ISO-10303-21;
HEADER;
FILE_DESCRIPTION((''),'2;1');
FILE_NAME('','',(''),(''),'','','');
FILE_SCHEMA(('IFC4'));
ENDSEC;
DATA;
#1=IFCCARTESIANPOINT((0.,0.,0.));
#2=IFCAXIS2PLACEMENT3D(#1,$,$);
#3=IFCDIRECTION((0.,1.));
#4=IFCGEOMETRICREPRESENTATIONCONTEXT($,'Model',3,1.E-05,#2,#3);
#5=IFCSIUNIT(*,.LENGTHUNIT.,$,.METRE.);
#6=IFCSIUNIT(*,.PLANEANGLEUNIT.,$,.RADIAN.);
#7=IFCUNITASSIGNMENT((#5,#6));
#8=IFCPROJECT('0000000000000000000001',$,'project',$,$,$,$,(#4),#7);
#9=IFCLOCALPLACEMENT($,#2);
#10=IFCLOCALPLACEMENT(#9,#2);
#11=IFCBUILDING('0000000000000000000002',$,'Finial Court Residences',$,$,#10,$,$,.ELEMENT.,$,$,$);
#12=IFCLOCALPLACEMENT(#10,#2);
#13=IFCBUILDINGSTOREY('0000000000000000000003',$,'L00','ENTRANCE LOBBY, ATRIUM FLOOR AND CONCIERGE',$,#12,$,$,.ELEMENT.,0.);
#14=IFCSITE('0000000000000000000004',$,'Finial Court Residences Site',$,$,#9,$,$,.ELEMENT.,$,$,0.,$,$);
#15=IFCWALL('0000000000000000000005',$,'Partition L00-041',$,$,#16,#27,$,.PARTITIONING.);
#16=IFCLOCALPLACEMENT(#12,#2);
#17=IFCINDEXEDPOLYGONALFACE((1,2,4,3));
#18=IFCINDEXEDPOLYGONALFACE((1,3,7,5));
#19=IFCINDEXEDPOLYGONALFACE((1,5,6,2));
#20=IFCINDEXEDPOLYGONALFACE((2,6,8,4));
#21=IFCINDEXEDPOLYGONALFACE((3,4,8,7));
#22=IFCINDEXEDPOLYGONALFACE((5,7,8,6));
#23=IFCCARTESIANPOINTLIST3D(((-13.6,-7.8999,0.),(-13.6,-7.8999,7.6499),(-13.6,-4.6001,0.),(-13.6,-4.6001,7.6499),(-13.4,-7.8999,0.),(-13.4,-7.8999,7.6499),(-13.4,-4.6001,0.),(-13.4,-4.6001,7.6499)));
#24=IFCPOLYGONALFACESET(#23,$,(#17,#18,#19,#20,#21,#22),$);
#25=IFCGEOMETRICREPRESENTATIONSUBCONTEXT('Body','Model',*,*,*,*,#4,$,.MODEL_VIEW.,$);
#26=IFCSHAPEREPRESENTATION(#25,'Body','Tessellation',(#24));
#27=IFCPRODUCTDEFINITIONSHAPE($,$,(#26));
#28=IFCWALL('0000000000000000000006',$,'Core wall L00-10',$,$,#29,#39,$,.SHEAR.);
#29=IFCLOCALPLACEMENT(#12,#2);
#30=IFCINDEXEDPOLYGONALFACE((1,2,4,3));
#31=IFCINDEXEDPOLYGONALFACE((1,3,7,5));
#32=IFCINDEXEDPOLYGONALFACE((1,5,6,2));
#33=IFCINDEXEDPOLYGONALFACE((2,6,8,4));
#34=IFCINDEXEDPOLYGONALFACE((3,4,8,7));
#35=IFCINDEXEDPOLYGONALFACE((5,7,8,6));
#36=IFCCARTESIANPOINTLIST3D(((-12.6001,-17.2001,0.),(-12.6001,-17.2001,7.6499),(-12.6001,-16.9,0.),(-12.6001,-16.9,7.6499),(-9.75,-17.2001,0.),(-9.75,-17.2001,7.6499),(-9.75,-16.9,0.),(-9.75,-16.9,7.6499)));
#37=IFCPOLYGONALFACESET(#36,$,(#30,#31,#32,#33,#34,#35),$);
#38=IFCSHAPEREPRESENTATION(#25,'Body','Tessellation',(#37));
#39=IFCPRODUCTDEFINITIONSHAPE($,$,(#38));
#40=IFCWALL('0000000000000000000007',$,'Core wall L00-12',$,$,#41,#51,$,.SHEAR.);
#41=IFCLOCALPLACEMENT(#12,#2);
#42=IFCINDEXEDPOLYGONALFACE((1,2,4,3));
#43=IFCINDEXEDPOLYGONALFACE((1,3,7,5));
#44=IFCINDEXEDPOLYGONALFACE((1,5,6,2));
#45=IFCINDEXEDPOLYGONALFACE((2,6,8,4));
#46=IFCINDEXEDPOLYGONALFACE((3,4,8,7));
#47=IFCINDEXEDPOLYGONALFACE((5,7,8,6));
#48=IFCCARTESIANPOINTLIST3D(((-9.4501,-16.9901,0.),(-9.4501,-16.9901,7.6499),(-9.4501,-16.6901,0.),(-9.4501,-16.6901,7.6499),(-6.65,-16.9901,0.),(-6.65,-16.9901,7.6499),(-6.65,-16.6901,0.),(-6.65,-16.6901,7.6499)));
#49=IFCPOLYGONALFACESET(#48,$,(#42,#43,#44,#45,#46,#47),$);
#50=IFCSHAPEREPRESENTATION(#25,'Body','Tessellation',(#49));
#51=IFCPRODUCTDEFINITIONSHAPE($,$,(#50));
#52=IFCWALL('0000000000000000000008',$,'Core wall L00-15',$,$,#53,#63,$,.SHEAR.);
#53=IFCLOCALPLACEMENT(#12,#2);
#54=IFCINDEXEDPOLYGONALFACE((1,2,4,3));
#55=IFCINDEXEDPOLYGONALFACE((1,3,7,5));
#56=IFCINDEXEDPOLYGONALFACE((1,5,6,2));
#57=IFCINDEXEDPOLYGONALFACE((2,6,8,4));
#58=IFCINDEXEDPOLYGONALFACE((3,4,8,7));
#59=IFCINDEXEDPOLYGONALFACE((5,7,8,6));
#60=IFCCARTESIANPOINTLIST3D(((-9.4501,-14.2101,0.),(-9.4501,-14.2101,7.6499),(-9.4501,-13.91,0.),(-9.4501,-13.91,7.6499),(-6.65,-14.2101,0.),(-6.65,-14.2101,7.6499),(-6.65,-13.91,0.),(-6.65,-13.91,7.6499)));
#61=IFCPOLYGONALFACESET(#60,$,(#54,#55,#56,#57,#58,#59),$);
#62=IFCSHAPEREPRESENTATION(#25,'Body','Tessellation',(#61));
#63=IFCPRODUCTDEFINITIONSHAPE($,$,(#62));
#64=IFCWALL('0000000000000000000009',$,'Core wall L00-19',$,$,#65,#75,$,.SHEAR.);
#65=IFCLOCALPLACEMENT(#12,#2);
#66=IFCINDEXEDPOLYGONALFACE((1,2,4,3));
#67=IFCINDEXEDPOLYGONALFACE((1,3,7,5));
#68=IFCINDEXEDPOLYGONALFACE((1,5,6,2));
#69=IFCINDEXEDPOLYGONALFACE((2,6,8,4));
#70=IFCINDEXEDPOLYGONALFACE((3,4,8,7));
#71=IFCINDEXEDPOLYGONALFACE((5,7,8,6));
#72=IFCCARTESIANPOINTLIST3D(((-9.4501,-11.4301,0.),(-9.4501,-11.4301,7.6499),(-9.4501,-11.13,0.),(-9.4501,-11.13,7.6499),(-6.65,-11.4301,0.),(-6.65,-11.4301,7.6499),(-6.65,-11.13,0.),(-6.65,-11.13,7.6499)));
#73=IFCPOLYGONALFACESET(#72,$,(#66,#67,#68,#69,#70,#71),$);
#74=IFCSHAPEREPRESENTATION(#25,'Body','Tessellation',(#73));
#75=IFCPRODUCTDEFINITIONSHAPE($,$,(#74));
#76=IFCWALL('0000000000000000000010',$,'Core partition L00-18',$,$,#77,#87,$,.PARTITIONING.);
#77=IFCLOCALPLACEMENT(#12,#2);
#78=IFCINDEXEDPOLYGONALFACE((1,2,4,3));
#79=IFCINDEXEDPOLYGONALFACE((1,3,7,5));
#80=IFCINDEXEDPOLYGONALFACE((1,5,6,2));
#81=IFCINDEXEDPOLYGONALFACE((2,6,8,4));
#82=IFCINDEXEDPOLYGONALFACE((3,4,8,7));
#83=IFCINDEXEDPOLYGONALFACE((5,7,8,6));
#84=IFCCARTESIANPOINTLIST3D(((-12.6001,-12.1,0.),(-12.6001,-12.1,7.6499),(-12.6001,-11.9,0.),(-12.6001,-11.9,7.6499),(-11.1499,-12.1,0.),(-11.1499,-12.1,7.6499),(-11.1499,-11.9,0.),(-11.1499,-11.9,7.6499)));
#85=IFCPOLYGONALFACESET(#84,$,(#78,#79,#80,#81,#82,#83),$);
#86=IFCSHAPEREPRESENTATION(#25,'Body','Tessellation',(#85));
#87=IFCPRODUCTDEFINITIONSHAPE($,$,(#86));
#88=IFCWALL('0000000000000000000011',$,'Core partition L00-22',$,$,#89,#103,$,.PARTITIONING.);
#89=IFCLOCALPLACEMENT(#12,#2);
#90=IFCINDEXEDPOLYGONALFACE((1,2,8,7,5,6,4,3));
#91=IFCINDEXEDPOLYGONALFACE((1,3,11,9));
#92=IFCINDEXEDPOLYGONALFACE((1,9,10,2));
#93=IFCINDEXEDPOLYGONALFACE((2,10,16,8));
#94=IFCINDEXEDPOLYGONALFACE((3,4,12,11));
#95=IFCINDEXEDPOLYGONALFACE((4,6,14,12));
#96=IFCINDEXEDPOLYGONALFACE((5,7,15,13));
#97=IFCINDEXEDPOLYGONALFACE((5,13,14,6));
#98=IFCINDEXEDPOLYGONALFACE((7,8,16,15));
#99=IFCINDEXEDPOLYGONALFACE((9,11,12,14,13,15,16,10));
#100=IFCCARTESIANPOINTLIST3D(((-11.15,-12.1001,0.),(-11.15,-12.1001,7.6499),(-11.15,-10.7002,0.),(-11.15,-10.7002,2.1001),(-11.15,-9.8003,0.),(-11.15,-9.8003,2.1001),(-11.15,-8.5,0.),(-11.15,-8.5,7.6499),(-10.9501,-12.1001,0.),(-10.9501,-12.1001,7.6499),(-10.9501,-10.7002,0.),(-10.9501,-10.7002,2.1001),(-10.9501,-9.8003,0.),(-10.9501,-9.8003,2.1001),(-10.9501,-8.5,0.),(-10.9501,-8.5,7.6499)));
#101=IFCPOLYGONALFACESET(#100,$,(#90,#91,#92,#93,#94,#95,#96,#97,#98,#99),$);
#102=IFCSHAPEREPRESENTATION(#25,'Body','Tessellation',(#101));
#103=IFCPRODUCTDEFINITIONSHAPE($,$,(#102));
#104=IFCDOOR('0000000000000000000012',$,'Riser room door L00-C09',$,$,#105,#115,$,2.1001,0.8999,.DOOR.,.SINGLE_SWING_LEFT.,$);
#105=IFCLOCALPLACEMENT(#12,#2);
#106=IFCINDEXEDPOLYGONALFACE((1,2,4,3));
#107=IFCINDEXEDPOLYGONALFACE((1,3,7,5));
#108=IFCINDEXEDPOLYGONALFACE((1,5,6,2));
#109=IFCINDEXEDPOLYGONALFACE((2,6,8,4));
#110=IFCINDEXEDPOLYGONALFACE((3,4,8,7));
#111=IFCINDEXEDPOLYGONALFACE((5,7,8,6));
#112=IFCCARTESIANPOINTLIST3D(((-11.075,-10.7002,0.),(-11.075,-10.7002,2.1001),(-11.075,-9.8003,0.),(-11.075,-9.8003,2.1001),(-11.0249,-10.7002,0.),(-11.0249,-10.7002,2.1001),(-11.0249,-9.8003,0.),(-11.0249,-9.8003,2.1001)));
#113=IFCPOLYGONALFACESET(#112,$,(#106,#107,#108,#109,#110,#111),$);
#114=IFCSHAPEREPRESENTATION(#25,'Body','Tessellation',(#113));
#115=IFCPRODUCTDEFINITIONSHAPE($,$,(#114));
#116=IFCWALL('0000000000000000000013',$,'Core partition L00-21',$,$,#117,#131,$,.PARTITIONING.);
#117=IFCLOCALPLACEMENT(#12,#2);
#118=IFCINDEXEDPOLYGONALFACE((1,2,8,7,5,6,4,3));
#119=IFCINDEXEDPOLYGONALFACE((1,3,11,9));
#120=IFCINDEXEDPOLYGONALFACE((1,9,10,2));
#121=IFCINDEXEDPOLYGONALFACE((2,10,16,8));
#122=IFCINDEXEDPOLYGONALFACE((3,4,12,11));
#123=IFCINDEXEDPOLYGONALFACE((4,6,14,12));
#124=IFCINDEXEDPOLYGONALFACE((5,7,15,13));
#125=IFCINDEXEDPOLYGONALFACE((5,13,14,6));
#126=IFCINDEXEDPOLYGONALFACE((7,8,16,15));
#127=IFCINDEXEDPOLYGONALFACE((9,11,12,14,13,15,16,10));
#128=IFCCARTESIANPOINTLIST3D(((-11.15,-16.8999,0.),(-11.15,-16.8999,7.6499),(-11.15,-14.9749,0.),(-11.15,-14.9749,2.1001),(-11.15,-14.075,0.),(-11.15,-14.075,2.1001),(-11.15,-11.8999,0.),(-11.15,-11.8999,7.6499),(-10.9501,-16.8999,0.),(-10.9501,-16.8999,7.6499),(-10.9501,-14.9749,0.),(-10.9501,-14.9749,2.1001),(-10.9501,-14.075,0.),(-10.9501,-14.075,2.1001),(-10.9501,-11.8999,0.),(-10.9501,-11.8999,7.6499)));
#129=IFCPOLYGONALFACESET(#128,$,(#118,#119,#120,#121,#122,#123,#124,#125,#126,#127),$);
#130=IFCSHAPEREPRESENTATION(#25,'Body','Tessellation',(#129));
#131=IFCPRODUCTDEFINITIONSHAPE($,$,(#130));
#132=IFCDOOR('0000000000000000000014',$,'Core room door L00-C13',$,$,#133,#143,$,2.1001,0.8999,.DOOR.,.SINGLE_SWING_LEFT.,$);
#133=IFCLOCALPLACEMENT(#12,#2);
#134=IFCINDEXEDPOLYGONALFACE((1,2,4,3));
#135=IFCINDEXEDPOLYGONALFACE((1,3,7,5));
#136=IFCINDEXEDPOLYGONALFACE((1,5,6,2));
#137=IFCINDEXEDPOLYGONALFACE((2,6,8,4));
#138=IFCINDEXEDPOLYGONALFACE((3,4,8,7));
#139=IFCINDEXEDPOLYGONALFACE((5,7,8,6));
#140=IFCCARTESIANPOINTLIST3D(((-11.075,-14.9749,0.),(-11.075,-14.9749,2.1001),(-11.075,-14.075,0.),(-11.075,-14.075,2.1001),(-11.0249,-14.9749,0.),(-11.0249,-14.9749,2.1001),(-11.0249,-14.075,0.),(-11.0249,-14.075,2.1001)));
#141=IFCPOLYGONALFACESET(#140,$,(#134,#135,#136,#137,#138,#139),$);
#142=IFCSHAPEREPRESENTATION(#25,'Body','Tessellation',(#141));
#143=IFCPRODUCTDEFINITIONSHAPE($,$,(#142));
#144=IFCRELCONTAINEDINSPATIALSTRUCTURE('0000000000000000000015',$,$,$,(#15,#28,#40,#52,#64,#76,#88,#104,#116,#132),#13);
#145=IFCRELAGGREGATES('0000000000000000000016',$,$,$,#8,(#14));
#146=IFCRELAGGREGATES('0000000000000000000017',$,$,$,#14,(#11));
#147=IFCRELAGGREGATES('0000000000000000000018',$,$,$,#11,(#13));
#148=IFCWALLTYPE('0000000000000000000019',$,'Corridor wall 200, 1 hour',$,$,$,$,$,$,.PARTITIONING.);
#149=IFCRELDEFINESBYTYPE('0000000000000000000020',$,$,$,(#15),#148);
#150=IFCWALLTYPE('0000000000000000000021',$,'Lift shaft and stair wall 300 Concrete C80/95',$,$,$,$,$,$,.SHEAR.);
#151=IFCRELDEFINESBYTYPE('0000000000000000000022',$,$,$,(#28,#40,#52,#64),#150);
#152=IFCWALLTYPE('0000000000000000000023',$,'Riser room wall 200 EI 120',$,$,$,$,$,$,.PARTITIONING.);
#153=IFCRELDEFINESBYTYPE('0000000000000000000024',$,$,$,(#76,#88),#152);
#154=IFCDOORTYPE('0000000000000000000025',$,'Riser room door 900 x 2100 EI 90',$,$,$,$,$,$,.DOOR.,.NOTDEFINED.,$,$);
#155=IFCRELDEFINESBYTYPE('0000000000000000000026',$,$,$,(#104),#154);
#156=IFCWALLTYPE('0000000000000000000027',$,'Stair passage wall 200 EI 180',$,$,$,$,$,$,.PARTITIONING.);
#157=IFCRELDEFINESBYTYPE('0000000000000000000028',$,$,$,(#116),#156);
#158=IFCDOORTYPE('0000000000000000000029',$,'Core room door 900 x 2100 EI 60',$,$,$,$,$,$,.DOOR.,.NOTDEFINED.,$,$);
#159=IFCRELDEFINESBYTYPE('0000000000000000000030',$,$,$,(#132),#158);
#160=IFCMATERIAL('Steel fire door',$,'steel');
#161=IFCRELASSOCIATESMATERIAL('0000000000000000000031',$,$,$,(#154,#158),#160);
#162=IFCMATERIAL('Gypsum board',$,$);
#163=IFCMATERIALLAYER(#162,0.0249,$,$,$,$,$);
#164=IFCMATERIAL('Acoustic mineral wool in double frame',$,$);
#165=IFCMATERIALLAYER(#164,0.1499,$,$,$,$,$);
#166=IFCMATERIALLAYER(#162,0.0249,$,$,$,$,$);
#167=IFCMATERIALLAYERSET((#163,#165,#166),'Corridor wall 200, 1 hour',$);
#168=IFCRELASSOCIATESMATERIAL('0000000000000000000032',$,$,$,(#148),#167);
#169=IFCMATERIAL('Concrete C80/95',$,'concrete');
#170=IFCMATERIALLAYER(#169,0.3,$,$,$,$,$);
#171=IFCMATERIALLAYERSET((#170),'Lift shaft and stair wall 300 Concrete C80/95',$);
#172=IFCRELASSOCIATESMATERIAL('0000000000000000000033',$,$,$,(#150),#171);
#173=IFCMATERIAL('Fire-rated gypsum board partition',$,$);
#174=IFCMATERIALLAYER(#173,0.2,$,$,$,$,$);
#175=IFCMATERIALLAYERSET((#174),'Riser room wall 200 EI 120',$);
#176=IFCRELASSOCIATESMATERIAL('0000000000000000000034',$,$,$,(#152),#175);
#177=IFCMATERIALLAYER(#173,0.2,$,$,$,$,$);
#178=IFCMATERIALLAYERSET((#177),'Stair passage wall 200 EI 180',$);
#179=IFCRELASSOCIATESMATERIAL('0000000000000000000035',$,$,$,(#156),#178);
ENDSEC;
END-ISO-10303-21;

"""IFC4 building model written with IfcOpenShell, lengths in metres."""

from ifc_helpers import new_model, si_unit, direction, frame, frame_2d, origin, place, context, subcontext, project, spatial, rectangle, extrude, material, layer, layer_set, type_object, element, fill, save


model = new_model("IFC4")

# Units and contexts
model_context = context("Model", 3, precision=1e-05, world=origin(), true_north=direction((0.0, 1.0)))
body_context = subcontext(model_context, "Body", "Model", "MODEL_VIEW")
ifc_project = project(units=[si_unit("LENGTHUNIT", "METRE"), si_unit("PLANEANGLEUNIT", "RADIAN")], contexts=[model_context])

# Site, building, storey
site_placement = place(None, origin())
site = spatial("IfcSite", under=ifc_project, at=site_placement, Name="Finial Court Residences Site", CompositionType="ELEMENT", RefElevation=0.0)
building_placement = place(site_placement, origin())
building = spatial("IfcBuilding", under=site, at=building_placement, Name="Finial Court Residences", CompositionType="ELEMENT")
storey_placement = place(building_placement, origin())
storey = spatial("IfcBuildingStorey", under=building, at=storey_placement, Name="L00", Description="ENTRANCE LOBBY, ATRIUM FLOOR AND CONCIERGE", CompositionType="ELEMENT", Elevation=0.0)

# Shared definitions
ifc_material_1 = material(Name="Concrete C80/95", Category="concrete")

# Shared definitions
ifc_material_2 = material(Name="Steel fire door", Category="steel")
door_type_1 = type_object("IfcDoorType", Name="Riser room door 900 x 2100 EI 90", OperationType="NOTDEFINED", PredefinedType="DOOR", material=ifc_material_2)

# Walls
ifc_material_3 = material(Name="Gypsum board")
ifc_layer_1 = layer(ifc_material_3, 0.0249)
ifc_material_4 = material(Name="Acoustic mineral wool in double frame")
ifc_layer_2 = layer(ifc_material_4, 0.1499)
ifc_layer_3 = layer(ifc_material_3, 0.0249)
ifc_layer_set_1 = layer_set([ifc_layer_1, ifc_layer_2, ifc_layer_3], Name="Corridor wall 200, 1 hour")
wall_type_1 = type_object("IfcWallType", Name="Corridor wall 200, 1 hour", PredefinedType="PARTITIONING", material=ifc_layer_set_1)
wall_1_placement = place(storey_placement, frame((-13.5, -7.8999, 0.0), z_axis=(0.0, 0.0, 1.0), x_axis=(0.0, 1.0, 0.0)))
element("IfcWall", 1, at=wall_1_placement, inside=storey, type_object=wall_type_1, Name="Partition L00-041", PredefinedType="PARTITIONING", context=body_context, shape_type="SweptSolid", body=[
    extrude(rectangle(XDim=3.2998, YDim=0.2, at=frame_2d((1.6499, 0.0))), origin(), (0.0, 0.0, 1.0), 7.6499),
])
ifc_layer_4 = layer(ifc_material_1, 0.3)
ifc_layer_set_2 = layer_set([ifc_layer_4], Name="Lift shaft and stair wall 300 Concrete C80/95")
wall_type_2 = type_object("IfcWallType", Name="Lift shaft and stair wall 300 Concrete C80/95", PredefinedType="SHEAR", material=ifc_layer_set_2)
wall_2_placement = place(storey_placement, frame((-12.6001, -17.05, 0.0), z_axis=(0.0, 0.0, 1.0), x_axis=(1.0, 0.0, 0.0)))
element("IfcWall", 2, at=wall_2_placement, inside=storey, type_object=wall_type_2, Name="Core wall L00-10", PredefinedType="SHEAR", context=body_context, shape_type="SweptSolid", body=[
    extrude(rectangle(XDim=2.8501, YDim=0.3, at=frame_2d((1.425, 0.0))), origin(), (0.0, 0.0, 1.0), 7.6499),
])
for number, where, z_axis, x_axis, name in (
    (3, (-9.45, -16.8401, 0.0), (0.0, 0.0, 1.0), (1.0, 0.0, 0.0), "Core wall L00-12"),
    (4, (-9.45, -14.0601, 0.0), (0.0, 0.0, 1.0), (1.0, 0.0, 0.0), "Core wall L00-15"),
    (5, (-9.45, -11.28, 0.0), (0.0, 0.0, 1.0), (1.0, 0.0, 0.0), "Core wall L00-19"),
):
    element("IfcWall", number, at=place(storey_placement, frame(where, z_axis=z_axis, x_axis=x_axis)), inside=storey, type_object=wall_type_2, Name=name, PredefinedType="SHEAR", context=body_context, shape_type="SweptSolid", body=[
        extrude(rectangle(XDim=2.8, YDim=0.3, at=frame_2d((1.3999, 0.0))), origin(), (0.0, 0.0, 1.0), 7.6499),
    ])
ifc_material_5 = material(Name="Fire-rated gypsum board partition")
ifc_layer_5 = layer(ifc_material_5, 0.2)
ifc_layer_set_3 = layer_set([ifc_layer_5], Name="Riser room wall 200 EI 120")
wall_type_3 = type_object("IfcWallType", Name="Riser room wall 200 EI 120", PredefinedType="PARTITIONING", material=ifc_layer_set_3)
wall_3_placement = place(storey_placement, frame((-12.6001, -12.0, 0.0), z_axis=(0.0, 0.0, 1.0), x_axis=(1.0, 0.0, 0.0)))
element("IfcWall", 6, at=wall_3_placement, inside=storey, type_object=wall_type_3, Name="Core partition L00-18", PredefinedType="PARTITIONING", context=body_context, shape_type="SweptSolid", body=[
    extrude(rectangle(XDim=1.4502, YDim=0.2, at=frame_2d((0.7251, 0.0))), origin(), (0.0, 0.0, 1.0), 7.6499),
])

# Walls, openings, doors
wall_4_placement = place(storey_placement, frame((-11.05, -12.1001, 0.0), z_axis=(0.0, 0.0, 1.0), x_axis=(0.0, 1.0, 0.0)))
wall_4 = element("IfcWall", 7, at=wall_4_placement, inside=storey, type_object=wall_type_3, Name="Core partition L00-22", PredefinedType="PARTITIONING", context=body_context, shape_type="SweptSolid", body=[
    extrude(rectangle(XDim=3.6001, YDim=0.2, at=frame_2d((1.8, 0.0))), origin(), (0.0, 0.0, 1.0), 7.6499),
])
opening_1_placement = place(wall_4_placement, frame((1.3999, 0.0, 0.0)))
opening_1 = element("IfcOpeningElement", 8, at=opening_1_placement, cuts=wall_4, PredefinedType="OPENING", context=body_context, shape_type="SweptSolid", body=[
    extrude(rectangle(XDim=0.8999, YDim=2.1001, at=frame_2d((0.45, 1.05))), frame((0.0, 0.1099, 0.0), z_axis=(0.0, -1.0, 0.0), x_axis=(1.0, 0.0, 0.0)), (0.0, 0.0, 1.0), 0.22),
])
door_1_placement = place(opening_1_placement, origin())
door_1 = element("IfcDoor", 9, at=door_1_placement, inside=storey, type_object=door_type_1, Name="Riser room door L00-C09", OperationType="SINGLE_SWING_LEFT", OverallHeight=2.1001, OverallWidth=0.8999, PredefinedType="DOOR", context=body_context, shape_type="SweptSolid", body=[
    extrude(rectangle(XDim=0.8999, YDim=2.1001, at=frame_2d((0.45, 1.05))), frame((0.0, 0.0249, 0.0), z_axis=(0.0, -1.0, 0.0), x_axis=(1.0, 0.0, 0.0)), (0.0, 0.0, 1.0), 0.05),
])
fill(opening_1, door_1)
ifc_layer_6 = layer(ifc_material_5, 0.2)
ifc_layer_set_4 = layer_set([ifc_layer_6], Name="Stair passage wall 200 EI 180")
wall_type_4 = type_object("IfcWallType", Name="Stair passage wall 200 EI 180", PredefinedType="PARTITIONING", material=ifc_layer_set_4)
wall_5_placement = place(storey_placement, frame((-11.05, -16.8999, 0.0), z_axis=(0.0, 0.0, 1.0), x_axis=(0.0, 1.0, 0.0)))
wall_5 = element("IfcWall", 10, at=wall_5_placement, inside=storey, type_object=wall_type_4, Name="Core partition L00-21", PredefinedType="PARTITIONING", context=body_context, shape_type="SweptSolid", body=[
    extrude(rectangle(XDim=5.0, YDim=0.2, at=frame_2d((2.5, 0.0))), origin(), (0.0, 0.0, 1.0), 7.6499),
])
opening_2_placement = place(wall_5_placement, frame((1.925, 0.0, 0.0)))
opening_2 = element("IfcOpeningElement", 11, at=opening_2_placement, cuts=wall_5, PredefinedType="OPENING", context=body_context, shape_type="SweptSolid", body=[
    extrude(rectangle(XDim=0.8999, YDim=2.1001, at=frame_2d((0.45, 1.05))), frame((0.0, 0.1099, 0.0), z_axis=(0.0, -1.0, 0.0), x_axis=(1.0, 0.0, 0.0)), (0.0, 0.0, 1.0), 0.22),
])
door_type_2 = type_object("IfcDoorType", Name="Core room door 900 x 2100 EI 60", OperationType="NOTDEFINED", PredefinedType="DOOR", material=ifc_material_2)
door_2_placement = place(opening_2_placement, origin())
door_2 = element("IfcDoor", 12, at=door_2_placement, inside=storey, type_object=door_type_2, Name="Core room door L00-C13", OperationType="SINGLE_SWING_LEFT", OverallHeight=2.1001, OverallWidth=0.8999, PredefinedType="DOOR", context=body_context, shape_type="SweptSolid", body=[
    extrude(rectangle(XDim=0.8999, YDim=2.1001, at=frame_2d((0.45, 1.05))), frame((0.0, 0.0249, 0.0), z_axis=(0.0, -1.0, 0.0), x_axis=(1.0, 0.0, 0.0)), (0.0, 0.0, 1.0), 0.05),
])
fill(opening_2, door_2)

save(model, "model.ifc")
